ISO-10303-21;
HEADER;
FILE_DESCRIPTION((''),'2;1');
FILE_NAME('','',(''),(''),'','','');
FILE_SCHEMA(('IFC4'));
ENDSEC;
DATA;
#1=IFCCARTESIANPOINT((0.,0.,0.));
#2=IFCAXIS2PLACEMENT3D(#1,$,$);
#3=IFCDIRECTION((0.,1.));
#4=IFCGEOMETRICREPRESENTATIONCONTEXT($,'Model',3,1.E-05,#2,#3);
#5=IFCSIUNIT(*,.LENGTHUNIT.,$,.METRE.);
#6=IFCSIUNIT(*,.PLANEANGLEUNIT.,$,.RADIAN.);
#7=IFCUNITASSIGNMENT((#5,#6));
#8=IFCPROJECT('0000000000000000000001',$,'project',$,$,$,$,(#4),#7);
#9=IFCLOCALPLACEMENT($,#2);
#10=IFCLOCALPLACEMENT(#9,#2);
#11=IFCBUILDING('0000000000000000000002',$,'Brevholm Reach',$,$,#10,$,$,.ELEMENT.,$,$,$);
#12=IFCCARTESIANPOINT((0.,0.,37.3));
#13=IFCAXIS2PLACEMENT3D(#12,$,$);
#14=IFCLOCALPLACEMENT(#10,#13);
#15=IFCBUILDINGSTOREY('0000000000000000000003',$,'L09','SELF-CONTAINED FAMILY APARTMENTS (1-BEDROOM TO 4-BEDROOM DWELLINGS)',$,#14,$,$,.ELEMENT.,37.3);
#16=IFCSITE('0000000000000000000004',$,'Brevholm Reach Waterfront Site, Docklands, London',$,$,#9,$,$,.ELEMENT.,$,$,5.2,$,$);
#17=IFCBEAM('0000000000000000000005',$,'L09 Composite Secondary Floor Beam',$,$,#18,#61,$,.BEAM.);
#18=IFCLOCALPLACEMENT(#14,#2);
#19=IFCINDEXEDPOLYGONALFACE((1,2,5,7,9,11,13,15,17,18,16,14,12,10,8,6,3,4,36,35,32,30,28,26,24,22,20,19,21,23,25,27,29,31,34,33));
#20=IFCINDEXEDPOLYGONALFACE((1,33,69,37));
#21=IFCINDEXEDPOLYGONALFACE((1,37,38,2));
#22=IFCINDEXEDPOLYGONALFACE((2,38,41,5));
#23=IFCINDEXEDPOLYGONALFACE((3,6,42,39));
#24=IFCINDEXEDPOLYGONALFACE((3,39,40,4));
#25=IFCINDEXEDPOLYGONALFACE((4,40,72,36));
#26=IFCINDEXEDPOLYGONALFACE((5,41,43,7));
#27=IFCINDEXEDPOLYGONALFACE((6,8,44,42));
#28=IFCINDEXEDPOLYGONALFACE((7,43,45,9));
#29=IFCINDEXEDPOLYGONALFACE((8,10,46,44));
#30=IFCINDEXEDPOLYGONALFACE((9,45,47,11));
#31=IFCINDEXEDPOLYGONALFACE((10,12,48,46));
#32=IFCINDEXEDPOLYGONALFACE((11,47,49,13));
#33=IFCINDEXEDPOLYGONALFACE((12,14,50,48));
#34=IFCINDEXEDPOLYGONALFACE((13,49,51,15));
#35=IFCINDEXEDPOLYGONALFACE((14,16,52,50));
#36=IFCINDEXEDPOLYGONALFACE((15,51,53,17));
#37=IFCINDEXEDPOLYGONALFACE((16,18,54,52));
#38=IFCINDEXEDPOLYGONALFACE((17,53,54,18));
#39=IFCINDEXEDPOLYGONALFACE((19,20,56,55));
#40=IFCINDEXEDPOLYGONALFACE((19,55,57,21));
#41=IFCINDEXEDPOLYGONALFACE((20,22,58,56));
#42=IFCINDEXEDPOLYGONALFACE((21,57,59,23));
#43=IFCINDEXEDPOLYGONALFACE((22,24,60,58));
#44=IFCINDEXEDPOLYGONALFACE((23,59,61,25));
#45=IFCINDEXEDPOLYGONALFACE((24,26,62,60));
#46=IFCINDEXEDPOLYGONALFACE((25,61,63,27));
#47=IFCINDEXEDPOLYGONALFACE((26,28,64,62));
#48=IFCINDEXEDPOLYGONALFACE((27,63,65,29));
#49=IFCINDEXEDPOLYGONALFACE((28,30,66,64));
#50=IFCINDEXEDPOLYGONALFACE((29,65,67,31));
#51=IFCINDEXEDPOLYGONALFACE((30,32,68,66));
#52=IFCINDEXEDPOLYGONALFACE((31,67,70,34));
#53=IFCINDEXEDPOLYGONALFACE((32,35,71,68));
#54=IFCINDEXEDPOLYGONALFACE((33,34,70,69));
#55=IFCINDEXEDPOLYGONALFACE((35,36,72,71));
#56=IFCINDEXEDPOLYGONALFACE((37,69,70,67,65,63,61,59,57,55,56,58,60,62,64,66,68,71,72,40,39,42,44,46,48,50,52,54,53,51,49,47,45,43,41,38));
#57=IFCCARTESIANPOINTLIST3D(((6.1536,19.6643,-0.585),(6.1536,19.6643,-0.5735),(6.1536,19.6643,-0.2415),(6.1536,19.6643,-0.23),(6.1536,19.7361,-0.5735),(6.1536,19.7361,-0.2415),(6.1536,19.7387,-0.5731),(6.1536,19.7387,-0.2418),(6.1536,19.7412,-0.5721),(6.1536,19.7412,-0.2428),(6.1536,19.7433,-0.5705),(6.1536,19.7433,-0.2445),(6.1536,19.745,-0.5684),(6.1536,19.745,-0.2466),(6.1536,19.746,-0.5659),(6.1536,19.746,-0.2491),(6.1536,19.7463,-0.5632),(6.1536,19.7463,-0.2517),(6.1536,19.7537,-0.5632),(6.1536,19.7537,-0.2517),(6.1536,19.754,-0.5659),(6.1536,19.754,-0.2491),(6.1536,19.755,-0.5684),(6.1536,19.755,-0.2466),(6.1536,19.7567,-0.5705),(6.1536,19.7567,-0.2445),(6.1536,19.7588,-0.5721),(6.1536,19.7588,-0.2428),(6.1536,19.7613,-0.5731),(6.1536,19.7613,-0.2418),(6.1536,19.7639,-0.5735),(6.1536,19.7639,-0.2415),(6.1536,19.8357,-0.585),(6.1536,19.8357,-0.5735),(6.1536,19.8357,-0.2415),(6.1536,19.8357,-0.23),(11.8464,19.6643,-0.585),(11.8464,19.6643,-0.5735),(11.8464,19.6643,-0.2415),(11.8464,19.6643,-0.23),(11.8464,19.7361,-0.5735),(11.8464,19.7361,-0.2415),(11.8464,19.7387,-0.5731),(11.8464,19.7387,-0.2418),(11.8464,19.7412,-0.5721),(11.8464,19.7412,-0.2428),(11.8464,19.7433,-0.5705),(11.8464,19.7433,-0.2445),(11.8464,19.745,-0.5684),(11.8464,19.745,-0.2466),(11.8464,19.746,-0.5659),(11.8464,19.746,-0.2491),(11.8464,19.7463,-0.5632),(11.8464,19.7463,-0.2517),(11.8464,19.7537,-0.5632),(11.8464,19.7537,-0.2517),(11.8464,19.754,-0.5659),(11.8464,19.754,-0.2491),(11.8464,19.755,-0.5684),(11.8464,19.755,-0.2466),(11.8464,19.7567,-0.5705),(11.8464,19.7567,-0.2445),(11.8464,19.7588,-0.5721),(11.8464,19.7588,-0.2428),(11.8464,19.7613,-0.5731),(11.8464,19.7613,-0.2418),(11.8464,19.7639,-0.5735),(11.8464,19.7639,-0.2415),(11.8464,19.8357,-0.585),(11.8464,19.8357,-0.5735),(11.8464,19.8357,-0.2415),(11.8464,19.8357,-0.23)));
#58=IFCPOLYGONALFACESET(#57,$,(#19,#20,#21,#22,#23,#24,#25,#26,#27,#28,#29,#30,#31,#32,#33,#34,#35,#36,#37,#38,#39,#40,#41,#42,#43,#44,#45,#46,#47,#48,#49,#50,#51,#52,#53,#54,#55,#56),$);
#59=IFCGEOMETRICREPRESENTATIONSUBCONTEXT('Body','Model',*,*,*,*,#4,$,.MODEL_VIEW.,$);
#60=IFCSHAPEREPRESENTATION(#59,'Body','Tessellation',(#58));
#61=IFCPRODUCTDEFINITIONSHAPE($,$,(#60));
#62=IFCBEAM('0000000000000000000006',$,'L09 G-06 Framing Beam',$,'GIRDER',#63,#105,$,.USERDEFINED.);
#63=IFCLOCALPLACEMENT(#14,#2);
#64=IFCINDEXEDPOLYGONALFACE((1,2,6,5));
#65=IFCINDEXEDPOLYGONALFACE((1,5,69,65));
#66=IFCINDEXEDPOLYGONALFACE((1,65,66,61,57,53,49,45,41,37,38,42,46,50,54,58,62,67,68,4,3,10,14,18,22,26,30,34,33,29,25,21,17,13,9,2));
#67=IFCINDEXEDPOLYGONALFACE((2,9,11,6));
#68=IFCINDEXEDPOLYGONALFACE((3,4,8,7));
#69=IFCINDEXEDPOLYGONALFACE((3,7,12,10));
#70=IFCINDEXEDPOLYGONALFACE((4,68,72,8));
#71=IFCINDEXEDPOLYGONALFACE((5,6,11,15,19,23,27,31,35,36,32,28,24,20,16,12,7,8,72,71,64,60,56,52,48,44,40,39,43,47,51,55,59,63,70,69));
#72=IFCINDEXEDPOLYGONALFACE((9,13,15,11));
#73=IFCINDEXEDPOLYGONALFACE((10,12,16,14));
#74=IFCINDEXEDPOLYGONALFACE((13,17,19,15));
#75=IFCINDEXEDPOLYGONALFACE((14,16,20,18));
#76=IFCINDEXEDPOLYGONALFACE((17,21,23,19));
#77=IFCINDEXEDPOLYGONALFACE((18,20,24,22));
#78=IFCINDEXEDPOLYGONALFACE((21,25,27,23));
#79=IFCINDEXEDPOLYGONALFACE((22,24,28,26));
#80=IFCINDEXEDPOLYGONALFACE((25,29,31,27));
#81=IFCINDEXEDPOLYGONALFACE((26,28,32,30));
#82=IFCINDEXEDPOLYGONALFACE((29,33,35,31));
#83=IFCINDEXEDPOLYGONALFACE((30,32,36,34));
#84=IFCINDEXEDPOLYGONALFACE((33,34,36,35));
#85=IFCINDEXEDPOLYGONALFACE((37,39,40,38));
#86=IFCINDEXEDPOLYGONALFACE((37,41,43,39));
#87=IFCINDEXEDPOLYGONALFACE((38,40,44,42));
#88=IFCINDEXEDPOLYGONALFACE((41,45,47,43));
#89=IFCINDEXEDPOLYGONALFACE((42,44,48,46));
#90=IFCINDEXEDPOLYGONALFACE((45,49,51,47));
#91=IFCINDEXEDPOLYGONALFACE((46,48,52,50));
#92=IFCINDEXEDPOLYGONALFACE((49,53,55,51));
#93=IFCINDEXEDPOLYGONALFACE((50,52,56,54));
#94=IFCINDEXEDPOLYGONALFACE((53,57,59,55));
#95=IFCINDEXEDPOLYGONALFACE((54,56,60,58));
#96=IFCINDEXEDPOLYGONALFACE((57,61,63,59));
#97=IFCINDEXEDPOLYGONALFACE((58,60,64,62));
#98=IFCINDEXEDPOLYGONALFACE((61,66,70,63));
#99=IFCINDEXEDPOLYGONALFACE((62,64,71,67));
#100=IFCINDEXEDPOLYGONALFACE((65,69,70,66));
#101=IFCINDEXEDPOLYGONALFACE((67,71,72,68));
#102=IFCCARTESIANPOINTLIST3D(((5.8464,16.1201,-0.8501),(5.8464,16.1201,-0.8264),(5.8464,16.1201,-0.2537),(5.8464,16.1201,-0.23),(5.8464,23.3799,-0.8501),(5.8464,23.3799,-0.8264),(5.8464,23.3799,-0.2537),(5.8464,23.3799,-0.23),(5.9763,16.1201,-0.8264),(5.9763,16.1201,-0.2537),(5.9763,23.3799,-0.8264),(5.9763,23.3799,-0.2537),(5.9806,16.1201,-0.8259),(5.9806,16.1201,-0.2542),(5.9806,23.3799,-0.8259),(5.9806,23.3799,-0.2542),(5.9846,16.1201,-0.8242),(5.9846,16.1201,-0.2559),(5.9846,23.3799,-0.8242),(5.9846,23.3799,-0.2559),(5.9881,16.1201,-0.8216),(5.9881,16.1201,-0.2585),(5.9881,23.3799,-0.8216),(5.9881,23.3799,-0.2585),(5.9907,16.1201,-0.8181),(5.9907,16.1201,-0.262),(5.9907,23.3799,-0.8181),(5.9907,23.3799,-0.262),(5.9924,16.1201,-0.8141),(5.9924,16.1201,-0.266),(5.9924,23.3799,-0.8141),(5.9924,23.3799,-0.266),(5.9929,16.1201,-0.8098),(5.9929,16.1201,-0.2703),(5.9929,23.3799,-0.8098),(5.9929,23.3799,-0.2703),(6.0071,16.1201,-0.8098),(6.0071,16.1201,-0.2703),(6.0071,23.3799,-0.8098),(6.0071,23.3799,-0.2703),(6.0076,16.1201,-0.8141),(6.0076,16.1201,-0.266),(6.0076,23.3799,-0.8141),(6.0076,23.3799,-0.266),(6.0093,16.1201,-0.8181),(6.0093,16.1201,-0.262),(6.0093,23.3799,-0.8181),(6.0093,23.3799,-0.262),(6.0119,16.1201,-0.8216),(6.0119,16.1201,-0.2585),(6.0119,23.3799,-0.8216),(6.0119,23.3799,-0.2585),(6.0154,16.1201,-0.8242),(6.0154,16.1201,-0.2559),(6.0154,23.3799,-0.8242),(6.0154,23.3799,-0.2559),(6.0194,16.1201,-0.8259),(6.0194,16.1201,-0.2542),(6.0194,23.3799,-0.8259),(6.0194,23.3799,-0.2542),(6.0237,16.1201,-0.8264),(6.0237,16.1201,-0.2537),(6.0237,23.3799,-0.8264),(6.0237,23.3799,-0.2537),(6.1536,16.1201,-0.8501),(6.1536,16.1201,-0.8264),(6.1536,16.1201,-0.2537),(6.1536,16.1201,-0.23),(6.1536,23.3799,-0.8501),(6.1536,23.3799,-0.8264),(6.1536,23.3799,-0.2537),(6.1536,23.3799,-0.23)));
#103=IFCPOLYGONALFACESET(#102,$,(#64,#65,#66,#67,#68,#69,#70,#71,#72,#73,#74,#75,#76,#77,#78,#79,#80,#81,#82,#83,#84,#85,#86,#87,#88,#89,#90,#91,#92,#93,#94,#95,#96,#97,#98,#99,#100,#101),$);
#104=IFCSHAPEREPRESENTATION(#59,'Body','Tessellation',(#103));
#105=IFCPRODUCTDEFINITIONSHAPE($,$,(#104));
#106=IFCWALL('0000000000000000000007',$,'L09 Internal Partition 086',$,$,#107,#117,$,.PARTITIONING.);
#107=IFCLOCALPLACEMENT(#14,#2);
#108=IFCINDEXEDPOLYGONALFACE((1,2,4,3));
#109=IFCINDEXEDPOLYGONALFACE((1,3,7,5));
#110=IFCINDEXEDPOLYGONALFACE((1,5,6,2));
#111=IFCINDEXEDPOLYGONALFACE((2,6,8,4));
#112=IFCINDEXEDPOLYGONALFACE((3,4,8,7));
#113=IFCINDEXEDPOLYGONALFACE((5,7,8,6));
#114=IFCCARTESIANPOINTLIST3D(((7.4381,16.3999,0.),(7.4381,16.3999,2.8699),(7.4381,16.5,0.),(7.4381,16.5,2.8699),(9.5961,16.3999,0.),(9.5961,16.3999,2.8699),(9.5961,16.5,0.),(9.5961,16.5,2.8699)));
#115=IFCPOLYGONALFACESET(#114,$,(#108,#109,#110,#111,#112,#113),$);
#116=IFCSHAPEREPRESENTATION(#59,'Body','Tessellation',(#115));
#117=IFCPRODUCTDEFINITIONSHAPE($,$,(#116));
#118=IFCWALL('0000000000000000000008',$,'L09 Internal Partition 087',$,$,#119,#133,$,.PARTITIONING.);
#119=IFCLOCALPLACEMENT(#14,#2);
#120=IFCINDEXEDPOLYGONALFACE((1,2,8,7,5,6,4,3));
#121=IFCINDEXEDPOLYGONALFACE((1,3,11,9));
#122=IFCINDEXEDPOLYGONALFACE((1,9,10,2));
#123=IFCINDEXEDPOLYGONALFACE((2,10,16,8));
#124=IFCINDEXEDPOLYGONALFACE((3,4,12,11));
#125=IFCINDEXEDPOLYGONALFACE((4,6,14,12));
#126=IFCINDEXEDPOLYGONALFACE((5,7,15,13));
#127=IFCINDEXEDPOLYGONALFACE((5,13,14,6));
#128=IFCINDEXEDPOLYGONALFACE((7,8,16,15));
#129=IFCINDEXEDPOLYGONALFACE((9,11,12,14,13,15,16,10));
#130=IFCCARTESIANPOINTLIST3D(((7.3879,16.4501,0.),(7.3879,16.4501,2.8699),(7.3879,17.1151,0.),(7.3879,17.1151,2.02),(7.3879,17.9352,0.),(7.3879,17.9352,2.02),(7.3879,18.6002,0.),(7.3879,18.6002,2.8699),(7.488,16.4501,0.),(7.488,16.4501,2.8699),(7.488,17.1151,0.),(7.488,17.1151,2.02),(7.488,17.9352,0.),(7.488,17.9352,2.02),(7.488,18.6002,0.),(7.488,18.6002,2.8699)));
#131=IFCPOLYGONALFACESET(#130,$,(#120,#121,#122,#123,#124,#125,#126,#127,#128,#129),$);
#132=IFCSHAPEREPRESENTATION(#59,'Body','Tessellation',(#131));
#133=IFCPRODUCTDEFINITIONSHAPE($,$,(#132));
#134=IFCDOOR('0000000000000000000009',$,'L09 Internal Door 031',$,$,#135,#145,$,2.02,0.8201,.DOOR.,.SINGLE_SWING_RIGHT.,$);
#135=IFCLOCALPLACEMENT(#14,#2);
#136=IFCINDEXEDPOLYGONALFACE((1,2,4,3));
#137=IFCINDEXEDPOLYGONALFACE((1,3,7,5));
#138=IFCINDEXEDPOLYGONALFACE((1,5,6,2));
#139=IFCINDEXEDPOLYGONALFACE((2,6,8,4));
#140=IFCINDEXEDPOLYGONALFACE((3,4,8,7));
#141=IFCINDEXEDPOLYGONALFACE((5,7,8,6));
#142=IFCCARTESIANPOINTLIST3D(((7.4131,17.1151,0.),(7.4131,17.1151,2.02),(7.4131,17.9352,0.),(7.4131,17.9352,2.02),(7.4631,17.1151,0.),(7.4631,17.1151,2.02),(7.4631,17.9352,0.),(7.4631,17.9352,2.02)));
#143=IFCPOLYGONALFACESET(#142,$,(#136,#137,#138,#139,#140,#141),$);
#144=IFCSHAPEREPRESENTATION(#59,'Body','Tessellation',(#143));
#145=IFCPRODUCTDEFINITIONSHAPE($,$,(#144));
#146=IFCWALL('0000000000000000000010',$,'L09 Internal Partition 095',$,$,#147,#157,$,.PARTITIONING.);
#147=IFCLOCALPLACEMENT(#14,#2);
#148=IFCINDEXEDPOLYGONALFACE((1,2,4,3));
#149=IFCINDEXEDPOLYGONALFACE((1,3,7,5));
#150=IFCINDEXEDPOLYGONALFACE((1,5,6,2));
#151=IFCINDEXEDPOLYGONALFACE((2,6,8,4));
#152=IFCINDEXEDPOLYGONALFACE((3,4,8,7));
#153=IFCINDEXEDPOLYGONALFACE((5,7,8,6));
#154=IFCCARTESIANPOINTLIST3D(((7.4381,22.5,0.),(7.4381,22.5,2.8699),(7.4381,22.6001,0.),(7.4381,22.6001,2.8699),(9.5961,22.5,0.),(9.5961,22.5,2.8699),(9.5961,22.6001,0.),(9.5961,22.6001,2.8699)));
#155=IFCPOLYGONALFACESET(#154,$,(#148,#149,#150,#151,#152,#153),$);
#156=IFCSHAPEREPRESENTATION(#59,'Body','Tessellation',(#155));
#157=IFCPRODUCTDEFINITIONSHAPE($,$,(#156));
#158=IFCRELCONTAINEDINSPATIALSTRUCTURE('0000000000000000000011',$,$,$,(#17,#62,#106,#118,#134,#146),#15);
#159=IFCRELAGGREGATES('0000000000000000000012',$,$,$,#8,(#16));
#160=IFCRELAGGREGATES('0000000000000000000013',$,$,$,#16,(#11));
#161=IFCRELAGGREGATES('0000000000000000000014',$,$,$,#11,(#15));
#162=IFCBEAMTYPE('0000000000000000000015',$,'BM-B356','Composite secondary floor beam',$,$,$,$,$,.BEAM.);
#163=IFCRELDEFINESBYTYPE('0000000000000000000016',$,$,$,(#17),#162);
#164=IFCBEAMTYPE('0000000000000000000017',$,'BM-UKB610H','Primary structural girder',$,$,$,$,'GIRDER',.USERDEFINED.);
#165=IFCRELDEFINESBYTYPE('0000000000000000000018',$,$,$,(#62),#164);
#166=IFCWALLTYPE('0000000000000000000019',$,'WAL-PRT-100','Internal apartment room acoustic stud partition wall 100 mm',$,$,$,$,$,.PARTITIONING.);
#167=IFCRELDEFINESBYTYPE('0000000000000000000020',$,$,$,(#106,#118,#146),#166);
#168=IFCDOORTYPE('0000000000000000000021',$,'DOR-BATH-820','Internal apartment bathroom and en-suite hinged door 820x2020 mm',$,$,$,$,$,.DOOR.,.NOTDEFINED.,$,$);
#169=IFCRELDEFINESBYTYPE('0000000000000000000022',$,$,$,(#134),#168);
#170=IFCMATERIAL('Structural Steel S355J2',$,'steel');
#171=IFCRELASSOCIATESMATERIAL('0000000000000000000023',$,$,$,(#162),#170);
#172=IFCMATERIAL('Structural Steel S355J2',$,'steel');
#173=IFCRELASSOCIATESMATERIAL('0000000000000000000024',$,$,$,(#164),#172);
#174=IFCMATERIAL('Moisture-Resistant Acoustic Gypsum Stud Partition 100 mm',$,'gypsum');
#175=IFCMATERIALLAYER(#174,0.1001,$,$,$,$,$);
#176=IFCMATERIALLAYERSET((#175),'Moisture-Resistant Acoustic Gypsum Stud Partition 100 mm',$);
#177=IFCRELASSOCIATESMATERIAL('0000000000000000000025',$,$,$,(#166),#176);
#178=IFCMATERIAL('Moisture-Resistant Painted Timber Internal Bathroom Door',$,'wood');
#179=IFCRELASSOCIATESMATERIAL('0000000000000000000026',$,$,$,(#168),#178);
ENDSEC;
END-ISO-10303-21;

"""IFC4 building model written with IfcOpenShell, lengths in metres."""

from ifc_helpers import new_model, si_unit, direction, frame, frame_2d, origin, origin_2d, place, context, subcontext, project, spatial, rectangle, i_section, extrude, material, layer, layer_set, material_profile, profile_set, type_object, element, fill, save


model = new_model("IFC4")

# Units and contexts
model_context = context("Model", 3, precision=1e-05, world=origin(), true_north=direction((0.0, 1.0)))
body_context = subcontext(model_context, "Body", "Model", "MODEL_VIEW")
ifc_project = project(units=[si_unit("LENGTHUNIT", "METRE"), si_unit("PLANEANGLEUNIT", "RADIAN")], contexts=[model_context])

# Site, building, storey
site_placement = place(None, origin())
site = spatial("IfcSite", under=ifc_project, at=site_placement, Name="Brevholm Reach Waterfront Site, Docklands, London", CompositionType="ELEMENT", RefElevation=5.2)
building_placement = place(site_placement, origin())
building = spatial("IfcBuilding", under=site, at=building_placement, Name="Brevholm Reach", CompositionType="ELEMENT")
storey_placement = place(building_placement, frame((0.0, 0.0, 37.3)))
storey = spatial("IfcBuildingStorey", under=building, at=storey_placement, Name="L09", Description="SELF-CONTAINED FAMILY APARTMENTS (1-BEDROOM TO 4-BEDROOM DWELLINGS)", CompositionType="ELEMENT", Elevation=37.3)

# Beams
ifc_material_1 = material(Name="Structural Steel S355J2", Category="steel")
ifc_material_profile_1 = material_profile(ifc_material_1, i_section(OverallWidth=0.1714, OverallDepth=0.355, WebThickness=0.0073, FlangeThickness=0.0115, FilletRadius=0.0103, at=origin_2d()), Name="UKB 356x171x51")
ifc_profile_set_1 = profile_set([ifc_material_profile_1], Name="Structural Steel S355J2")
beam_type_1 = type_object("IfcBeamType", Name="BM-B356", Description="Composite secondary floor beam", PredefinedType="BEAM", material=ifc_profile_set_1)
beam_1_placement = place(storey_placement, frame((6.1536, 19.75, -0.4075), z_axis=(1.0, 0.0, 0.0), x_axis=(0.0, 1.0, 0.0)))
element("IfcBeam", 1, at=beam_1_placement, inside=storey, type_object=beam_type_1, Name="L09 Composite Secondary Floor Beam", PredefinedType="BEAM", context=body_context, shape_type="SweptSolid", body=[
    extrude(i_section(OverallWidth=0.1714, OverallDepth=0.355, WebThickness=0.0073, FlangeThickness=0.0115, FilletRadius=0.0103, at=origin_2d()), origin(), (0.0, 0.0, 1.0), 5.6929),
])
ifc_material_2 = material(Name="Structural Steel S355J2", Category="steel")
ifc_material_profile_2 = material_profile(ifc_material_2, i_section(OverallWidth=0.3071, OverallDepth=0.6201, WebThickness=0.0142, FlangeThickness=0.0237, FilletRadius=0.0166, at=origin_2d()), Name="UKB 610x305x179")
ifc_profile_set_2 = profile_set([ifc_material_profile_2], Name="Structural Steel S355J2")
beam_type_2 = type_object("IfcBeamType", Name="BM-UKB610H", Description="Primary structural girder", ElementType="GIRDER", PredefinedType="USERDEFINED", material=ifc_profile_set_2)
beam_2_placement = place(storey_placement, frame((6.0, 16.1201, -0.54), z_axis=(0.0, 1.0, 0.0), x_axis=(-1.0, 0.0, 0.0)))
element("IfcBeam", 2, at=beam_2_placement, inside=storey, type_object=beam_type_2, Name="L09 G-06 Framing Beam", ObjectType="GIRDER", PredefinedType="USERDEFINED", context=body_context, shape_type="SweptSolid", body=[
    extrude(i_section(OverallWidth=0.3071, OverallDepth=0.6201, WebThickness=0.0142, FlangeThickness=0.0237, FilletRadius=0.0166, at=origin_2d()), origin(), (0.0, 0.0, 1.0), 7.2598),
])

# Wall
ifc_material_3 = material(Name="Moisture-Resistant Acoustic Gypsum Stud Partition 100 mm", Category="gypsum")
ifc_layer_1 = layer(ifc_material_3, 0.1001)
ifc_layer_set_1 = layer_set([ifc_layer_1], Name="Moisture-Resistant Acoustic Gypsum Stud Partition 100 mm")
wall_type_1 = type_object("IfcWallType", Name="WAL-PRT-100", Description="Internal apartment room acoustic stud partition wall 100 mm", PredefinedType="PARTITIONING", material=ifc_layer_set_1)
wall_1_placement = place(storey_placement, frame((7.438, 16.45, 0.0), z_axis=(0.0, 0.0, 1.0), x_axis=(1.0, 0.0, 0.0)))
element("IfcWall", 3, at=wall_1_placement, inside=storey, type_object=wall_type_1, Name="L09 Internal Partition 086", PredefinedType="PARTITIONING", context=body_context, shape_type="SweptSolid", body=[
    extrude(rectangle(XDim=2.158, YDim=0.1001, at=frame_2d((1.0791, 0.0))), origin(), (0.0, 0.0, 1.0), 2.8699),
])

# Wall, opening, door
wall_2_placement = place(storey_placement, frame((7.438, 16.45, 0.0), z_axis=(0.0, 0.0, 1.0), x_axis=(0.0, 1.0, 0.0)))
wall_2 = element("IfcWall", 4, at=wall_2_placement, inside=storey, type_object=wall_type_1, Name="L09 Internal Partition 087", PredefinedType="PARTITIONING", context=body_context, shape_type="SweptSolid", body=[
    extrude(rectangle(XDim=2.1501, YDim=0.1001, at=frame_2d((1.0752, 0.0))), origin(), (0.0, 0.0, 1.0), 2.8699),
])
opening_1_placement = place(wall_2_placement, frame((0.665, 0.0, 0.0)))
opening_1 = element("IfcOpeningElement", 5, at=opening_1_placement, cuts=wall_2, PredefinedType="OPENING", context=body_context, shape_type="SweptSolid", body=[
    extrude(rectangle(XDim=0.8201, YDim=2.02, at=frame_2d((0.4102, 1.01))), frame((0.0, 0.0601, 0.0), z_axis=(0.0, -1.0, 0.0), x_axis=(1.0, 0.0, 0.0)), (0.0, 0.0, 1.0), 0.1201),
])
ifc_material_4 = material(Name="Moisture-Resistant Painted Timber Internal Bathroom Door", Category="wood")
door_type_1 = type_object("IfcDoorType", Name="DOR-BATH-820", Description="Internal apartment bathroom and en-suite hinged door 820x2020 mm", OperationType="NOTDEFINED", PredefinedType="DOOR", material=ifc_material_4)
door_1_placement = place(opening_1_placement, origin())
door_1 = element("IfcDoor", 6, at=door_1_placement, inside=storey, type_object=door_type_1, Name="L09 Internal Door 031", OperationType="SINGLE_SWING_RIGHT", OverallHeight=2.02, OverallWidth=0.8201, PredefinedType="DOOR", context=body_context, shape_type="SweptSolid", body=[
    extrude(rectangle(XDim=0.8201, YDim=2.02, at=frame_2d((0.4102, 1.01))), frame((0.0, 0.0249, 0.0), z_axis=(0.0, -1.0, 0.0), x_axis=(1.0, 0.0, 0.0)), (0.0, 0.0, 1.0), 0.05),
])
fill(opening_1, door_1)

# Wall
wall_3_placement = place(storey_placement, frame((7.438, 22.55, 0.0), z_axis=(0.0, 0.0, 1.0), x_axis=(1.0, 0.0, 0.0)))
element("IfcWall", 7, at=wall_3_placement, inside=storey, type_object=wall_type_1, Name="L09 Internal Partition 095", PredefinedType="PARTITIONING", context=body_context, shape_type="SweptSolid", body=[
    extrude(rectangle(XDim=2.158, YDim=0.1001, at=frame_2d((1.0791, 0.0))), origin(), (0.0, 0.0, 1.0), 2.8699),
])

save(model, "model.ifc")
